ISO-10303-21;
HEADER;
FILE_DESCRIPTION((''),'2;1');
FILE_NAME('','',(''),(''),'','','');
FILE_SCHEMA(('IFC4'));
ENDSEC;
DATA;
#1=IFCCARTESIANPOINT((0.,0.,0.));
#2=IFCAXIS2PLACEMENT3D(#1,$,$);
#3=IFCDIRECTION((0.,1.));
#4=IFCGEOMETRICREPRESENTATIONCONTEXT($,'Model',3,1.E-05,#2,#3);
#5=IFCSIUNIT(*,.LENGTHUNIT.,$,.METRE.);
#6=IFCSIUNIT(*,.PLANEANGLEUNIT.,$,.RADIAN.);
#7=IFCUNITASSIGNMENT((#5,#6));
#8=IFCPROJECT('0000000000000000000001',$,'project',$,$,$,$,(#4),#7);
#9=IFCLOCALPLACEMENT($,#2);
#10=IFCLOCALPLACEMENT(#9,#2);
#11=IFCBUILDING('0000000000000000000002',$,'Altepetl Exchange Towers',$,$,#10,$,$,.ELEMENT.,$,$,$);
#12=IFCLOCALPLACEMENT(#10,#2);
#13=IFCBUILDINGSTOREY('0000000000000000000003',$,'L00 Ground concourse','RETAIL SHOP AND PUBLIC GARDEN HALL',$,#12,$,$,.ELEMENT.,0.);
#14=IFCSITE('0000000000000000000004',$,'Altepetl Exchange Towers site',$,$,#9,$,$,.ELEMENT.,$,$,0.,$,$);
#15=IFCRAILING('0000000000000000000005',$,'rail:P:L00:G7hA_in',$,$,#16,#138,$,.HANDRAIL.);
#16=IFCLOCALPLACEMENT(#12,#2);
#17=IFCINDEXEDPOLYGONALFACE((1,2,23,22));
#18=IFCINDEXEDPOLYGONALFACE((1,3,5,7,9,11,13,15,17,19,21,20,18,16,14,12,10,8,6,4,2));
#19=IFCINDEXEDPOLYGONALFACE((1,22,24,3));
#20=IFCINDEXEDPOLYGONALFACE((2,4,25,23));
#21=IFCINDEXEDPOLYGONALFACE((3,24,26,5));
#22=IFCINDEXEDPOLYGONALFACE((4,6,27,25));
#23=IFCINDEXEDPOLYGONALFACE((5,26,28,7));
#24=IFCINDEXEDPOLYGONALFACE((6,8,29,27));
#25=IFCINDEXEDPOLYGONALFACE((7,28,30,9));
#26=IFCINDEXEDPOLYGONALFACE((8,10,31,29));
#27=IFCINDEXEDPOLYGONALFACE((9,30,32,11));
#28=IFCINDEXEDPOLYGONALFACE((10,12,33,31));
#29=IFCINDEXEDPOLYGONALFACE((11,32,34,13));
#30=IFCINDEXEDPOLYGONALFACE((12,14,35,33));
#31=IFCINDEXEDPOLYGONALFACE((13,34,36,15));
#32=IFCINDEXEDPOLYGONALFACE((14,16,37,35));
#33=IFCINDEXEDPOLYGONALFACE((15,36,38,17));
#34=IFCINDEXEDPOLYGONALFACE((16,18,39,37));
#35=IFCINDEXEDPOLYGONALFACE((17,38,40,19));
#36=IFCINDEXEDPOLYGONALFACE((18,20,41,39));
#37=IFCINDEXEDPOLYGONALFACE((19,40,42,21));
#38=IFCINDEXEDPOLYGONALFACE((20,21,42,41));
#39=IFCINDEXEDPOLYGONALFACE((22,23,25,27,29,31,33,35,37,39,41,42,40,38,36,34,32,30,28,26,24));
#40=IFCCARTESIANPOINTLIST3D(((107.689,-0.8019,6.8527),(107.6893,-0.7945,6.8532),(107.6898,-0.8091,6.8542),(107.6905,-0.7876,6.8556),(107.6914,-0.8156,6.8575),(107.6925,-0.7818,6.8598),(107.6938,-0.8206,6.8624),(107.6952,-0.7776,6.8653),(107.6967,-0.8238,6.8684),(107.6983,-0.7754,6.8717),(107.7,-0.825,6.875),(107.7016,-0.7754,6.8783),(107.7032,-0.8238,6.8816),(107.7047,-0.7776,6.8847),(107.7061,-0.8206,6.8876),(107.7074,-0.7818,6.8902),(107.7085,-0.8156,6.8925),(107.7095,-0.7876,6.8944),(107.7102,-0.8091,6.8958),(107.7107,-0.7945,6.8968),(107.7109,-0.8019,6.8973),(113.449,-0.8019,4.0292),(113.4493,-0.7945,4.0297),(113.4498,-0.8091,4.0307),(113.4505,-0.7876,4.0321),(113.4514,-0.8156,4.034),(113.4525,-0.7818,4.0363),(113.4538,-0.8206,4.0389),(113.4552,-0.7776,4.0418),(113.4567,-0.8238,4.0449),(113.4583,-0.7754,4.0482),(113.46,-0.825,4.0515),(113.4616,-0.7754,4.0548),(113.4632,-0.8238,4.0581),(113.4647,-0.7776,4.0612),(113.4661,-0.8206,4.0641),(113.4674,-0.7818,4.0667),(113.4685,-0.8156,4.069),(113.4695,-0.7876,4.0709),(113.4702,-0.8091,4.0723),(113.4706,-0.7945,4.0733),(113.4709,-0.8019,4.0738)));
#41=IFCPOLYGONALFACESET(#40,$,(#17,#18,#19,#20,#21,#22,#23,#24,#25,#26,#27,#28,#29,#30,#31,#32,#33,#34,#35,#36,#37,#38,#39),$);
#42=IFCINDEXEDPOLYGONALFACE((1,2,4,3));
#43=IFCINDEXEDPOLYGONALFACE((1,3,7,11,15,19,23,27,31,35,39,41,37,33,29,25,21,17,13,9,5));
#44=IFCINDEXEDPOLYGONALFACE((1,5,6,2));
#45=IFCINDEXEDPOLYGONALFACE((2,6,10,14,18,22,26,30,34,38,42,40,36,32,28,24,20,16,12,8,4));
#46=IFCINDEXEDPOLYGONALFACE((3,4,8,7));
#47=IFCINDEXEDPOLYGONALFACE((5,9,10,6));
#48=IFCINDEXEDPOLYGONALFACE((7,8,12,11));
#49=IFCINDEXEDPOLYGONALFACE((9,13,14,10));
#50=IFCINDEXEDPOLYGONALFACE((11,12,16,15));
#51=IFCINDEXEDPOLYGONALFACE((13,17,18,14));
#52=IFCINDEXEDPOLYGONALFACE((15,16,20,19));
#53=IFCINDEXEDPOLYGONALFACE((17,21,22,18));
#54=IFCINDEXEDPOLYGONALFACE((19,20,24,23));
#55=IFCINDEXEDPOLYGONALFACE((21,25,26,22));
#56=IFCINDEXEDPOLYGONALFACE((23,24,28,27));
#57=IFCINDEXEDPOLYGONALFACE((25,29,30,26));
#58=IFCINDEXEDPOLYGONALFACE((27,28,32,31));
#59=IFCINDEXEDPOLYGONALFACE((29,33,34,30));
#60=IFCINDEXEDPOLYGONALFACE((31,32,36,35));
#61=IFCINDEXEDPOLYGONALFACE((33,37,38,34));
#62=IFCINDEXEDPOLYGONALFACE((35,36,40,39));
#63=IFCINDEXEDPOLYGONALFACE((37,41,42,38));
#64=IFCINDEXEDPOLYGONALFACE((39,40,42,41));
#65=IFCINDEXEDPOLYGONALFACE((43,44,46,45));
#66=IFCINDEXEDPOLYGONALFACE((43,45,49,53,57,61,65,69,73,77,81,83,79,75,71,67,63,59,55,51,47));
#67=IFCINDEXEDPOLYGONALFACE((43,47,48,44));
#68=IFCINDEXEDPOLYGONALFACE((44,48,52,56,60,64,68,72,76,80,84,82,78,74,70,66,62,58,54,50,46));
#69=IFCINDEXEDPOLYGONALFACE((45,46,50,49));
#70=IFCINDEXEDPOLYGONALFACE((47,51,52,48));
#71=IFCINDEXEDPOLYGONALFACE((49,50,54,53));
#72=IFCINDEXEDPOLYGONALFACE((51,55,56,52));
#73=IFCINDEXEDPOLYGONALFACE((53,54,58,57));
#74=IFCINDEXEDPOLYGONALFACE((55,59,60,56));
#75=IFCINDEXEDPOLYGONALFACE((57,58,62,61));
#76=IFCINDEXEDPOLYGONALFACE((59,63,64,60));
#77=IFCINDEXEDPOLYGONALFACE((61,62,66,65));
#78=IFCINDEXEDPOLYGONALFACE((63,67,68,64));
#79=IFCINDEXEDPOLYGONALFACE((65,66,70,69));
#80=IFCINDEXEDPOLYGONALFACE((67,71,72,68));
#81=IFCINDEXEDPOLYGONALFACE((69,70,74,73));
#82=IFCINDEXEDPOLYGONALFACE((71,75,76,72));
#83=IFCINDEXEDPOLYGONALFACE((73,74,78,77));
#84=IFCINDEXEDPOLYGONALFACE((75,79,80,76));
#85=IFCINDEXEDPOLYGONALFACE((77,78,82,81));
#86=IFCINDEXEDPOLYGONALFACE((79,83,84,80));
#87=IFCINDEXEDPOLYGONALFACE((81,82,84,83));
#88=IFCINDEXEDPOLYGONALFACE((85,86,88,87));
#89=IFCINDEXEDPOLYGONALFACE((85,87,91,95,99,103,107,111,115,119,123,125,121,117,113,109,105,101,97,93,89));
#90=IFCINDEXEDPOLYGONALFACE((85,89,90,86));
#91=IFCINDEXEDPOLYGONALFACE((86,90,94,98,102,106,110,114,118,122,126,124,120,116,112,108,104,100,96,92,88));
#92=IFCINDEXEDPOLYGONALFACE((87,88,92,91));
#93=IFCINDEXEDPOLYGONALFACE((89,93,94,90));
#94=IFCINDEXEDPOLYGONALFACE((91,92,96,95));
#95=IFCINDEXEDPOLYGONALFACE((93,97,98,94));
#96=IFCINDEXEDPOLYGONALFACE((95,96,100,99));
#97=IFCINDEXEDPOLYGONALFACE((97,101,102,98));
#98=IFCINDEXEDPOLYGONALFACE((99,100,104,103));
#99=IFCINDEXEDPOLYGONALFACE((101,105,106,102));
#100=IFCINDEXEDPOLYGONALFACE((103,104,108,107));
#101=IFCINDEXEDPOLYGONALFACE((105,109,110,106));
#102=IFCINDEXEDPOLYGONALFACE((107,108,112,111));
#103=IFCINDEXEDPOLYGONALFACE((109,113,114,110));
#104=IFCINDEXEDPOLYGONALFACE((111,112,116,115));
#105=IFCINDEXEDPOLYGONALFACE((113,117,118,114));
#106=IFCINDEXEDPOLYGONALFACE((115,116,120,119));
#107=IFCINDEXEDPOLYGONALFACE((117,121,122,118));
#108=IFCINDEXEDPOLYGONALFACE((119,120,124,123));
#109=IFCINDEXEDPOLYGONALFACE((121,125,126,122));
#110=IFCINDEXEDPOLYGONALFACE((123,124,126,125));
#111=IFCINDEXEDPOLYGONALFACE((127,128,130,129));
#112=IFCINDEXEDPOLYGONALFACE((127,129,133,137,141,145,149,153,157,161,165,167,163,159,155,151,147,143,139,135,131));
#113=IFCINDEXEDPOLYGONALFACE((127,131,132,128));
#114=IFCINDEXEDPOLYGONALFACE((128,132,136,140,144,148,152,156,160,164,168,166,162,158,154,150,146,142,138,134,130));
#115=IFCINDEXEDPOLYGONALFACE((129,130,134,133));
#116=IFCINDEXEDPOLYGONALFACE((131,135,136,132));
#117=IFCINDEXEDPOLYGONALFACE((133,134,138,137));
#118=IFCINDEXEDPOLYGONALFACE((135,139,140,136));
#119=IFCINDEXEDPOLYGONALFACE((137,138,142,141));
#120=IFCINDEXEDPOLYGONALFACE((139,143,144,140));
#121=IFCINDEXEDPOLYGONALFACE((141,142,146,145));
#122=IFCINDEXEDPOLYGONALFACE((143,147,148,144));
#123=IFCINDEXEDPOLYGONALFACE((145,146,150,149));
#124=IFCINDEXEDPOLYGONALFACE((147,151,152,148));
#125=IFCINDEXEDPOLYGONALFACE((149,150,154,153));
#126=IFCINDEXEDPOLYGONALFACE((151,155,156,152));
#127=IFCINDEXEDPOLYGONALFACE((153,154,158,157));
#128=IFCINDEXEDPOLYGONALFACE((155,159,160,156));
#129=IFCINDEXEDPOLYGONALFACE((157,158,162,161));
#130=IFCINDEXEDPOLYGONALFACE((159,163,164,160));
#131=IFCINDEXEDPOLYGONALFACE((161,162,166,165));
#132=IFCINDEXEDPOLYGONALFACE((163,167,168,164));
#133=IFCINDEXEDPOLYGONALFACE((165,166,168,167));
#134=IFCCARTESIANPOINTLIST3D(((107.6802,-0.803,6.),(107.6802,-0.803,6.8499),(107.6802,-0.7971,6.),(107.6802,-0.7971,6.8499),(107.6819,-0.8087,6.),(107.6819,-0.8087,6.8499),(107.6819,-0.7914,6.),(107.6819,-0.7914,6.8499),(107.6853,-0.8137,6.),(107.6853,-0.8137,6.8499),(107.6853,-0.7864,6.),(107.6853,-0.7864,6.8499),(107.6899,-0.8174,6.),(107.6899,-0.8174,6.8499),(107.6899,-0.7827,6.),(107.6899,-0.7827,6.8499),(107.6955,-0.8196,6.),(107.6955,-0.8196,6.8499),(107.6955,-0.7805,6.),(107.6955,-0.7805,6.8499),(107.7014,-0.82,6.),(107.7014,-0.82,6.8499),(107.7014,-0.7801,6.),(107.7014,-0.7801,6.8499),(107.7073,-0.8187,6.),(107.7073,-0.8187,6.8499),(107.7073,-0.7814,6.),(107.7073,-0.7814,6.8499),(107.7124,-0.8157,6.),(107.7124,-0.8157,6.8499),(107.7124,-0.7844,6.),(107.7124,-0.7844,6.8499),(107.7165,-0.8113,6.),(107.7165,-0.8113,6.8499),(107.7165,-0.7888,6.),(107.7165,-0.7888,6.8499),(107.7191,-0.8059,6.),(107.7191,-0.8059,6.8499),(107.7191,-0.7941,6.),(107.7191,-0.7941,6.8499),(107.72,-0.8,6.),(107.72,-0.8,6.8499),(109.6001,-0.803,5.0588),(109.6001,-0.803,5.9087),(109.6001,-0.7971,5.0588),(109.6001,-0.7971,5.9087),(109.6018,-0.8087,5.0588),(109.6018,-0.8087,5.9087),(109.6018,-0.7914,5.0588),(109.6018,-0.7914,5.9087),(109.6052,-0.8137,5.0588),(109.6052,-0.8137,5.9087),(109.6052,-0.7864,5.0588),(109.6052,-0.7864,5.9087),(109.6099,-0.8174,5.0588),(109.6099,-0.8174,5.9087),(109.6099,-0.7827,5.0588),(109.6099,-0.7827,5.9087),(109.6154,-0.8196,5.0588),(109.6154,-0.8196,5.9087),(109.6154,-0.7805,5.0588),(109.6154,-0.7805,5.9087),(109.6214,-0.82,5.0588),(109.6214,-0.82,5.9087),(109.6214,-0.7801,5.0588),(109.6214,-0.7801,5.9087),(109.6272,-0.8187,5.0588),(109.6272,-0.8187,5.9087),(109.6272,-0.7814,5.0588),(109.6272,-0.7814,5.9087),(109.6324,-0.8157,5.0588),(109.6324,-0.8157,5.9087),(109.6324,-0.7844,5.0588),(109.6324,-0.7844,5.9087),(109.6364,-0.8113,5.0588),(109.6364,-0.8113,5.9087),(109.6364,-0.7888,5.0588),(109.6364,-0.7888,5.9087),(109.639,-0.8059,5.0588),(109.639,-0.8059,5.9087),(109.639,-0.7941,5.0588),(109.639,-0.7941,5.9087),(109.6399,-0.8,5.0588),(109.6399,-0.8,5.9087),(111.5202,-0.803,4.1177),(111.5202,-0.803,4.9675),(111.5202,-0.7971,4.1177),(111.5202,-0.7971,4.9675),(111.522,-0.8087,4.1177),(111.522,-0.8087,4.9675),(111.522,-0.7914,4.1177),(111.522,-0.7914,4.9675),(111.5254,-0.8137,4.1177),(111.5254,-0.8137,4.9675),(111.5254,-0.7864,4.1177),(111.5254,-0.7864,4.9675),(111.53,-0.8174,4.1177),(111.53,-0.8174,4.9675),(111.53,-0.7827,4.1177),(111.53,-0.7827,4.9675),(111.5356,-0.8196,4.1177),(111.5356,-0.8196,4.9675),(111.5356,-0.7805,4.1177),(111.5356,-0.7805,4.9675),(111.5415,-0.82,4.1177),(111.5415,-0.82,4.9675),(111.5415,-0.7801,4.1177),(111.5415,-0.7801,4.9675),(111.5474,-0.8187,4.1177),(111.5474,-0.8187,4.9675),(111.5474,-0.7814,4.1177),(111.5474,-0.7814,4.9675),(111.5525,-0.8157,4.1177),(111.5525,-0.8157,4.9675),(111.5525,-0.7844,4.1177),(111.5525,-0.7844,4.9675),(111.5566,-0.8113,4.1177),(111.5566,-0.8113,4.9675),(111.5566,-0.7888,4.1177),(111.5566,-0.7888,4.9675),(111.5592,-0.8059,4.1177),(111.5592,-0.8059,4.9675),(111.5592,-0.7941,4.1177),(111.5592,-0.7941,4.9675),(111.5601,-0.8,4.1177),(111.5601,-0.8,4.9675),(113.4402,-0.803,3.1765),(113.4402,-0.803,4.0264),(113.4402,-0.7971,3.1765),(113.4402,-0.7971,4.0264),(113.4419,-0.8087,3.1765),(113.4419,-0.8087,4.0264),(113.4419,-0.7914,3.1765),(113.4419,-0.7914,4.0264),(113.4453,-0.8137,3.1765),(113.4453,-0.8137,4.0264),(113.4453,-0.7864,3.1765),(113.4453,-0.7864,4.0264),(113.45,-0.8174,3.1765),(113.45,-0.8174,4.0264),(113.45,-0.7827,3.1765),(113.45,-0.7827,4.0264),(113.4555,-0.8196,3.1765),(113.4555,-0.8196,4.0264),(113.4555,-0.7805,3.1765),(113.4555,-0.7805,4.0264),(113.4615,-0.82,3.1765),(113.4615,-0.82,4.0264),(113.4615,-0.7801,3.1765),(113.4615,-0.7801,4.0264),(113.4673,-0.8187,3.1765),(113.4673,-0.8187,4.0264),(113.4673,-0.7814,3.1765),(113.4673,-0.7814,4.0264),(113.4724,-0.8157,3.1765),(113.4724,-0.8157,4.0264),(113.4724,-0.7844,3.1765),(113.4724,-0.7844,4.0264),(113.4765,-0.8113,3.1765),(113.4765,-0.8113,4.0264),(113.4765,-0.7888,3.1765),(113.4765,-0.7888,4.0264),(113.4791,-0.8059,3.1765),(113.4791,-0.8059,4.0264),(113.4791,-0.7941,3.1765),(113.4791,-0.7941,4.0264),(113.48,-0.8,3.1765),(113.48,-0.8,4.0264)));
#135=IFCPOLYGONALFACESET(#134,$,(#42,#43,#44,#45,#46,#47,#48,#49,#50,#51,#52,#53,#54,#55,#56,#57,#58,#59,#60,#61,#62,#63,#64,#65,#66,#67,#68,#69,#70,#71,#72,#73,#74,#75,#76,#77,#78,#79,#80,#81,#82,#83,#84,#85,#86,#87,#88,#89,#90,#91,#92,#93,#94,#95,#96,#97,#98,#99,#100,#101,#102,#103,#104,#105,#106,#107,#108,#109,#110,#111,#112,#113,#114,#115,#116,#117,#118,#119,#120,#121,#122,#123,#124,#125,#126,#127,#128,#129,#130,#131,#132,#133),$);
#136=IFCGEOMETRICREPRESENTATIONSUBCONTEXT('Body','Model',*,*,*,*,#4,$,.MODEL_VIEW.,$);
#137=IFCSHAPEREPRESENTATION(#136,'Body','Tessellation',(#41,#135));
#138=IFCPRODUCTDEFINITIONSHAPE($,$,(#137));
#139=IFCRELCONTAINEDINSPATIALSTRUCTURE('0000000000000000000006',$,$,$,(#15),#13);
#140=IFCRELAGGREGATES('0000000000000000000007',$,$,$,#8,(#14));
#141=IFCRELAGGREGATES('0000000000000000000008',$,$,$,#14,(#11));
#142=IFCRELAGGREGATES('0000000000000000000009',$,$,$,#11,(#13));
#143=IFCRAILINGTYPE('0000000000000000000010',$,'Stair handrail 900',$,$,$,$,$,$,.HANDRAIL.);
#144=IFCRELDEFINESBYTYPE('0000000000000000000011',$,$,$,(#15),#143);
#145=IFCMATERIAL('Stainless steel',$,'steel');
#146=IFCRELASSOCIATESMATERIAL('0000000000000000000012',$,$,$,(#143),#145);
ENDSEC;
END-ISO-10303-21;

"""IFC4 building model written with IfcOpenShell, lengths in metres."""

from ifc_helpers import new_model, si_unit, direction, frame, origin, origin_2d, place, context, subcontext, project, spatial, circle, extrude, source, transform, mapped, material, type_object, element, save


model = new_model("IFC4")

# Units and contexts
model_context = context("Model", 3, precision=1e-05, world=origin(), true_north=direction((0.0, 1.0)))
body_context = subcontext(model_context, "Body", "Model", "MODEL_VIEW")
ifc_project = project(units=[si_unit("LENGTHUNIT", "METRE"), si_unit("PLANEANGLEUNIT", "RADIAN")], contexts=[model_context])

# Site, building, storey
site_placement = place(None, origin())
site = spatial("IfcSite", under=ifc_project, at=site_placement, Name="Altepetl Exchange Towers site", CompositionType="ELEMENT", RefElevation=0.0)
building_placement = place(site_placement, origin())
building = spatial("IfcBuilding", under=site, at=building_placement, Name="Altepetl Exchange Towers", CompositionType="ELEMENT")
storey_placement = place(building_placement, origin())
storey = spatial("IfcBuildingStorey", under=building, at=storey_placement, Name="L00 Ground concourse", Description="RETAIL SHOP AND PUBLIC GARDEN HALL", CompositionType="ELEMENT", Elevation=0.0)

# Railing
ifc_material_1 = material(Name="Stainless steel", Category="steel")
railing_type_1 = type_object("IfcRailingType", Name="Stair handrail 900", PredefinedType="HANDRAIL", material=ifc_material_1)
shared_shape_1 = source(origin(), body_context, "Body", "SweptSolid", [
    extrude(circle(Radius=0.02, at=origin_2d()), origin(), (0.0, 0.0, 1.0), 0.8499),
])
for number, where, name in (
    (1, (113.46, -0.8, 3.1765), "rail:P:L00:G7hA_in"),
):
    element("IfcRailing", number, at=place(storey_placement, frame(where)), inside=storey, type_object=railing_type_1, Name=name, PredefinedType="HANDRAIL", context=body_context, shape_type="SweptSolid", body=[
        extrude(circle(Radius=0.0249, at=origin_2d()), frame((0.0, 0.0, 0.875), z_axis=(-0.897924, 0.0, 0.440151), x_axis=(0.0, -1.0, 0.0)), (0.0, 0.0, 1.0), 6.4148),
        mapped(shared_shape_1, transform((0.0, 0.0, 0.0))),
        mapped(shared_shape_1, transform((-1.9199, 0.0, 0.9412))),
        mapped(shared_shape_1, transform((-3.8401, 0.0, 1.8823))),
        mapped(shared_shape_1, transform((-5.76, 0.0, 2.8235))),
    ])

save(model, "model.ifc")
